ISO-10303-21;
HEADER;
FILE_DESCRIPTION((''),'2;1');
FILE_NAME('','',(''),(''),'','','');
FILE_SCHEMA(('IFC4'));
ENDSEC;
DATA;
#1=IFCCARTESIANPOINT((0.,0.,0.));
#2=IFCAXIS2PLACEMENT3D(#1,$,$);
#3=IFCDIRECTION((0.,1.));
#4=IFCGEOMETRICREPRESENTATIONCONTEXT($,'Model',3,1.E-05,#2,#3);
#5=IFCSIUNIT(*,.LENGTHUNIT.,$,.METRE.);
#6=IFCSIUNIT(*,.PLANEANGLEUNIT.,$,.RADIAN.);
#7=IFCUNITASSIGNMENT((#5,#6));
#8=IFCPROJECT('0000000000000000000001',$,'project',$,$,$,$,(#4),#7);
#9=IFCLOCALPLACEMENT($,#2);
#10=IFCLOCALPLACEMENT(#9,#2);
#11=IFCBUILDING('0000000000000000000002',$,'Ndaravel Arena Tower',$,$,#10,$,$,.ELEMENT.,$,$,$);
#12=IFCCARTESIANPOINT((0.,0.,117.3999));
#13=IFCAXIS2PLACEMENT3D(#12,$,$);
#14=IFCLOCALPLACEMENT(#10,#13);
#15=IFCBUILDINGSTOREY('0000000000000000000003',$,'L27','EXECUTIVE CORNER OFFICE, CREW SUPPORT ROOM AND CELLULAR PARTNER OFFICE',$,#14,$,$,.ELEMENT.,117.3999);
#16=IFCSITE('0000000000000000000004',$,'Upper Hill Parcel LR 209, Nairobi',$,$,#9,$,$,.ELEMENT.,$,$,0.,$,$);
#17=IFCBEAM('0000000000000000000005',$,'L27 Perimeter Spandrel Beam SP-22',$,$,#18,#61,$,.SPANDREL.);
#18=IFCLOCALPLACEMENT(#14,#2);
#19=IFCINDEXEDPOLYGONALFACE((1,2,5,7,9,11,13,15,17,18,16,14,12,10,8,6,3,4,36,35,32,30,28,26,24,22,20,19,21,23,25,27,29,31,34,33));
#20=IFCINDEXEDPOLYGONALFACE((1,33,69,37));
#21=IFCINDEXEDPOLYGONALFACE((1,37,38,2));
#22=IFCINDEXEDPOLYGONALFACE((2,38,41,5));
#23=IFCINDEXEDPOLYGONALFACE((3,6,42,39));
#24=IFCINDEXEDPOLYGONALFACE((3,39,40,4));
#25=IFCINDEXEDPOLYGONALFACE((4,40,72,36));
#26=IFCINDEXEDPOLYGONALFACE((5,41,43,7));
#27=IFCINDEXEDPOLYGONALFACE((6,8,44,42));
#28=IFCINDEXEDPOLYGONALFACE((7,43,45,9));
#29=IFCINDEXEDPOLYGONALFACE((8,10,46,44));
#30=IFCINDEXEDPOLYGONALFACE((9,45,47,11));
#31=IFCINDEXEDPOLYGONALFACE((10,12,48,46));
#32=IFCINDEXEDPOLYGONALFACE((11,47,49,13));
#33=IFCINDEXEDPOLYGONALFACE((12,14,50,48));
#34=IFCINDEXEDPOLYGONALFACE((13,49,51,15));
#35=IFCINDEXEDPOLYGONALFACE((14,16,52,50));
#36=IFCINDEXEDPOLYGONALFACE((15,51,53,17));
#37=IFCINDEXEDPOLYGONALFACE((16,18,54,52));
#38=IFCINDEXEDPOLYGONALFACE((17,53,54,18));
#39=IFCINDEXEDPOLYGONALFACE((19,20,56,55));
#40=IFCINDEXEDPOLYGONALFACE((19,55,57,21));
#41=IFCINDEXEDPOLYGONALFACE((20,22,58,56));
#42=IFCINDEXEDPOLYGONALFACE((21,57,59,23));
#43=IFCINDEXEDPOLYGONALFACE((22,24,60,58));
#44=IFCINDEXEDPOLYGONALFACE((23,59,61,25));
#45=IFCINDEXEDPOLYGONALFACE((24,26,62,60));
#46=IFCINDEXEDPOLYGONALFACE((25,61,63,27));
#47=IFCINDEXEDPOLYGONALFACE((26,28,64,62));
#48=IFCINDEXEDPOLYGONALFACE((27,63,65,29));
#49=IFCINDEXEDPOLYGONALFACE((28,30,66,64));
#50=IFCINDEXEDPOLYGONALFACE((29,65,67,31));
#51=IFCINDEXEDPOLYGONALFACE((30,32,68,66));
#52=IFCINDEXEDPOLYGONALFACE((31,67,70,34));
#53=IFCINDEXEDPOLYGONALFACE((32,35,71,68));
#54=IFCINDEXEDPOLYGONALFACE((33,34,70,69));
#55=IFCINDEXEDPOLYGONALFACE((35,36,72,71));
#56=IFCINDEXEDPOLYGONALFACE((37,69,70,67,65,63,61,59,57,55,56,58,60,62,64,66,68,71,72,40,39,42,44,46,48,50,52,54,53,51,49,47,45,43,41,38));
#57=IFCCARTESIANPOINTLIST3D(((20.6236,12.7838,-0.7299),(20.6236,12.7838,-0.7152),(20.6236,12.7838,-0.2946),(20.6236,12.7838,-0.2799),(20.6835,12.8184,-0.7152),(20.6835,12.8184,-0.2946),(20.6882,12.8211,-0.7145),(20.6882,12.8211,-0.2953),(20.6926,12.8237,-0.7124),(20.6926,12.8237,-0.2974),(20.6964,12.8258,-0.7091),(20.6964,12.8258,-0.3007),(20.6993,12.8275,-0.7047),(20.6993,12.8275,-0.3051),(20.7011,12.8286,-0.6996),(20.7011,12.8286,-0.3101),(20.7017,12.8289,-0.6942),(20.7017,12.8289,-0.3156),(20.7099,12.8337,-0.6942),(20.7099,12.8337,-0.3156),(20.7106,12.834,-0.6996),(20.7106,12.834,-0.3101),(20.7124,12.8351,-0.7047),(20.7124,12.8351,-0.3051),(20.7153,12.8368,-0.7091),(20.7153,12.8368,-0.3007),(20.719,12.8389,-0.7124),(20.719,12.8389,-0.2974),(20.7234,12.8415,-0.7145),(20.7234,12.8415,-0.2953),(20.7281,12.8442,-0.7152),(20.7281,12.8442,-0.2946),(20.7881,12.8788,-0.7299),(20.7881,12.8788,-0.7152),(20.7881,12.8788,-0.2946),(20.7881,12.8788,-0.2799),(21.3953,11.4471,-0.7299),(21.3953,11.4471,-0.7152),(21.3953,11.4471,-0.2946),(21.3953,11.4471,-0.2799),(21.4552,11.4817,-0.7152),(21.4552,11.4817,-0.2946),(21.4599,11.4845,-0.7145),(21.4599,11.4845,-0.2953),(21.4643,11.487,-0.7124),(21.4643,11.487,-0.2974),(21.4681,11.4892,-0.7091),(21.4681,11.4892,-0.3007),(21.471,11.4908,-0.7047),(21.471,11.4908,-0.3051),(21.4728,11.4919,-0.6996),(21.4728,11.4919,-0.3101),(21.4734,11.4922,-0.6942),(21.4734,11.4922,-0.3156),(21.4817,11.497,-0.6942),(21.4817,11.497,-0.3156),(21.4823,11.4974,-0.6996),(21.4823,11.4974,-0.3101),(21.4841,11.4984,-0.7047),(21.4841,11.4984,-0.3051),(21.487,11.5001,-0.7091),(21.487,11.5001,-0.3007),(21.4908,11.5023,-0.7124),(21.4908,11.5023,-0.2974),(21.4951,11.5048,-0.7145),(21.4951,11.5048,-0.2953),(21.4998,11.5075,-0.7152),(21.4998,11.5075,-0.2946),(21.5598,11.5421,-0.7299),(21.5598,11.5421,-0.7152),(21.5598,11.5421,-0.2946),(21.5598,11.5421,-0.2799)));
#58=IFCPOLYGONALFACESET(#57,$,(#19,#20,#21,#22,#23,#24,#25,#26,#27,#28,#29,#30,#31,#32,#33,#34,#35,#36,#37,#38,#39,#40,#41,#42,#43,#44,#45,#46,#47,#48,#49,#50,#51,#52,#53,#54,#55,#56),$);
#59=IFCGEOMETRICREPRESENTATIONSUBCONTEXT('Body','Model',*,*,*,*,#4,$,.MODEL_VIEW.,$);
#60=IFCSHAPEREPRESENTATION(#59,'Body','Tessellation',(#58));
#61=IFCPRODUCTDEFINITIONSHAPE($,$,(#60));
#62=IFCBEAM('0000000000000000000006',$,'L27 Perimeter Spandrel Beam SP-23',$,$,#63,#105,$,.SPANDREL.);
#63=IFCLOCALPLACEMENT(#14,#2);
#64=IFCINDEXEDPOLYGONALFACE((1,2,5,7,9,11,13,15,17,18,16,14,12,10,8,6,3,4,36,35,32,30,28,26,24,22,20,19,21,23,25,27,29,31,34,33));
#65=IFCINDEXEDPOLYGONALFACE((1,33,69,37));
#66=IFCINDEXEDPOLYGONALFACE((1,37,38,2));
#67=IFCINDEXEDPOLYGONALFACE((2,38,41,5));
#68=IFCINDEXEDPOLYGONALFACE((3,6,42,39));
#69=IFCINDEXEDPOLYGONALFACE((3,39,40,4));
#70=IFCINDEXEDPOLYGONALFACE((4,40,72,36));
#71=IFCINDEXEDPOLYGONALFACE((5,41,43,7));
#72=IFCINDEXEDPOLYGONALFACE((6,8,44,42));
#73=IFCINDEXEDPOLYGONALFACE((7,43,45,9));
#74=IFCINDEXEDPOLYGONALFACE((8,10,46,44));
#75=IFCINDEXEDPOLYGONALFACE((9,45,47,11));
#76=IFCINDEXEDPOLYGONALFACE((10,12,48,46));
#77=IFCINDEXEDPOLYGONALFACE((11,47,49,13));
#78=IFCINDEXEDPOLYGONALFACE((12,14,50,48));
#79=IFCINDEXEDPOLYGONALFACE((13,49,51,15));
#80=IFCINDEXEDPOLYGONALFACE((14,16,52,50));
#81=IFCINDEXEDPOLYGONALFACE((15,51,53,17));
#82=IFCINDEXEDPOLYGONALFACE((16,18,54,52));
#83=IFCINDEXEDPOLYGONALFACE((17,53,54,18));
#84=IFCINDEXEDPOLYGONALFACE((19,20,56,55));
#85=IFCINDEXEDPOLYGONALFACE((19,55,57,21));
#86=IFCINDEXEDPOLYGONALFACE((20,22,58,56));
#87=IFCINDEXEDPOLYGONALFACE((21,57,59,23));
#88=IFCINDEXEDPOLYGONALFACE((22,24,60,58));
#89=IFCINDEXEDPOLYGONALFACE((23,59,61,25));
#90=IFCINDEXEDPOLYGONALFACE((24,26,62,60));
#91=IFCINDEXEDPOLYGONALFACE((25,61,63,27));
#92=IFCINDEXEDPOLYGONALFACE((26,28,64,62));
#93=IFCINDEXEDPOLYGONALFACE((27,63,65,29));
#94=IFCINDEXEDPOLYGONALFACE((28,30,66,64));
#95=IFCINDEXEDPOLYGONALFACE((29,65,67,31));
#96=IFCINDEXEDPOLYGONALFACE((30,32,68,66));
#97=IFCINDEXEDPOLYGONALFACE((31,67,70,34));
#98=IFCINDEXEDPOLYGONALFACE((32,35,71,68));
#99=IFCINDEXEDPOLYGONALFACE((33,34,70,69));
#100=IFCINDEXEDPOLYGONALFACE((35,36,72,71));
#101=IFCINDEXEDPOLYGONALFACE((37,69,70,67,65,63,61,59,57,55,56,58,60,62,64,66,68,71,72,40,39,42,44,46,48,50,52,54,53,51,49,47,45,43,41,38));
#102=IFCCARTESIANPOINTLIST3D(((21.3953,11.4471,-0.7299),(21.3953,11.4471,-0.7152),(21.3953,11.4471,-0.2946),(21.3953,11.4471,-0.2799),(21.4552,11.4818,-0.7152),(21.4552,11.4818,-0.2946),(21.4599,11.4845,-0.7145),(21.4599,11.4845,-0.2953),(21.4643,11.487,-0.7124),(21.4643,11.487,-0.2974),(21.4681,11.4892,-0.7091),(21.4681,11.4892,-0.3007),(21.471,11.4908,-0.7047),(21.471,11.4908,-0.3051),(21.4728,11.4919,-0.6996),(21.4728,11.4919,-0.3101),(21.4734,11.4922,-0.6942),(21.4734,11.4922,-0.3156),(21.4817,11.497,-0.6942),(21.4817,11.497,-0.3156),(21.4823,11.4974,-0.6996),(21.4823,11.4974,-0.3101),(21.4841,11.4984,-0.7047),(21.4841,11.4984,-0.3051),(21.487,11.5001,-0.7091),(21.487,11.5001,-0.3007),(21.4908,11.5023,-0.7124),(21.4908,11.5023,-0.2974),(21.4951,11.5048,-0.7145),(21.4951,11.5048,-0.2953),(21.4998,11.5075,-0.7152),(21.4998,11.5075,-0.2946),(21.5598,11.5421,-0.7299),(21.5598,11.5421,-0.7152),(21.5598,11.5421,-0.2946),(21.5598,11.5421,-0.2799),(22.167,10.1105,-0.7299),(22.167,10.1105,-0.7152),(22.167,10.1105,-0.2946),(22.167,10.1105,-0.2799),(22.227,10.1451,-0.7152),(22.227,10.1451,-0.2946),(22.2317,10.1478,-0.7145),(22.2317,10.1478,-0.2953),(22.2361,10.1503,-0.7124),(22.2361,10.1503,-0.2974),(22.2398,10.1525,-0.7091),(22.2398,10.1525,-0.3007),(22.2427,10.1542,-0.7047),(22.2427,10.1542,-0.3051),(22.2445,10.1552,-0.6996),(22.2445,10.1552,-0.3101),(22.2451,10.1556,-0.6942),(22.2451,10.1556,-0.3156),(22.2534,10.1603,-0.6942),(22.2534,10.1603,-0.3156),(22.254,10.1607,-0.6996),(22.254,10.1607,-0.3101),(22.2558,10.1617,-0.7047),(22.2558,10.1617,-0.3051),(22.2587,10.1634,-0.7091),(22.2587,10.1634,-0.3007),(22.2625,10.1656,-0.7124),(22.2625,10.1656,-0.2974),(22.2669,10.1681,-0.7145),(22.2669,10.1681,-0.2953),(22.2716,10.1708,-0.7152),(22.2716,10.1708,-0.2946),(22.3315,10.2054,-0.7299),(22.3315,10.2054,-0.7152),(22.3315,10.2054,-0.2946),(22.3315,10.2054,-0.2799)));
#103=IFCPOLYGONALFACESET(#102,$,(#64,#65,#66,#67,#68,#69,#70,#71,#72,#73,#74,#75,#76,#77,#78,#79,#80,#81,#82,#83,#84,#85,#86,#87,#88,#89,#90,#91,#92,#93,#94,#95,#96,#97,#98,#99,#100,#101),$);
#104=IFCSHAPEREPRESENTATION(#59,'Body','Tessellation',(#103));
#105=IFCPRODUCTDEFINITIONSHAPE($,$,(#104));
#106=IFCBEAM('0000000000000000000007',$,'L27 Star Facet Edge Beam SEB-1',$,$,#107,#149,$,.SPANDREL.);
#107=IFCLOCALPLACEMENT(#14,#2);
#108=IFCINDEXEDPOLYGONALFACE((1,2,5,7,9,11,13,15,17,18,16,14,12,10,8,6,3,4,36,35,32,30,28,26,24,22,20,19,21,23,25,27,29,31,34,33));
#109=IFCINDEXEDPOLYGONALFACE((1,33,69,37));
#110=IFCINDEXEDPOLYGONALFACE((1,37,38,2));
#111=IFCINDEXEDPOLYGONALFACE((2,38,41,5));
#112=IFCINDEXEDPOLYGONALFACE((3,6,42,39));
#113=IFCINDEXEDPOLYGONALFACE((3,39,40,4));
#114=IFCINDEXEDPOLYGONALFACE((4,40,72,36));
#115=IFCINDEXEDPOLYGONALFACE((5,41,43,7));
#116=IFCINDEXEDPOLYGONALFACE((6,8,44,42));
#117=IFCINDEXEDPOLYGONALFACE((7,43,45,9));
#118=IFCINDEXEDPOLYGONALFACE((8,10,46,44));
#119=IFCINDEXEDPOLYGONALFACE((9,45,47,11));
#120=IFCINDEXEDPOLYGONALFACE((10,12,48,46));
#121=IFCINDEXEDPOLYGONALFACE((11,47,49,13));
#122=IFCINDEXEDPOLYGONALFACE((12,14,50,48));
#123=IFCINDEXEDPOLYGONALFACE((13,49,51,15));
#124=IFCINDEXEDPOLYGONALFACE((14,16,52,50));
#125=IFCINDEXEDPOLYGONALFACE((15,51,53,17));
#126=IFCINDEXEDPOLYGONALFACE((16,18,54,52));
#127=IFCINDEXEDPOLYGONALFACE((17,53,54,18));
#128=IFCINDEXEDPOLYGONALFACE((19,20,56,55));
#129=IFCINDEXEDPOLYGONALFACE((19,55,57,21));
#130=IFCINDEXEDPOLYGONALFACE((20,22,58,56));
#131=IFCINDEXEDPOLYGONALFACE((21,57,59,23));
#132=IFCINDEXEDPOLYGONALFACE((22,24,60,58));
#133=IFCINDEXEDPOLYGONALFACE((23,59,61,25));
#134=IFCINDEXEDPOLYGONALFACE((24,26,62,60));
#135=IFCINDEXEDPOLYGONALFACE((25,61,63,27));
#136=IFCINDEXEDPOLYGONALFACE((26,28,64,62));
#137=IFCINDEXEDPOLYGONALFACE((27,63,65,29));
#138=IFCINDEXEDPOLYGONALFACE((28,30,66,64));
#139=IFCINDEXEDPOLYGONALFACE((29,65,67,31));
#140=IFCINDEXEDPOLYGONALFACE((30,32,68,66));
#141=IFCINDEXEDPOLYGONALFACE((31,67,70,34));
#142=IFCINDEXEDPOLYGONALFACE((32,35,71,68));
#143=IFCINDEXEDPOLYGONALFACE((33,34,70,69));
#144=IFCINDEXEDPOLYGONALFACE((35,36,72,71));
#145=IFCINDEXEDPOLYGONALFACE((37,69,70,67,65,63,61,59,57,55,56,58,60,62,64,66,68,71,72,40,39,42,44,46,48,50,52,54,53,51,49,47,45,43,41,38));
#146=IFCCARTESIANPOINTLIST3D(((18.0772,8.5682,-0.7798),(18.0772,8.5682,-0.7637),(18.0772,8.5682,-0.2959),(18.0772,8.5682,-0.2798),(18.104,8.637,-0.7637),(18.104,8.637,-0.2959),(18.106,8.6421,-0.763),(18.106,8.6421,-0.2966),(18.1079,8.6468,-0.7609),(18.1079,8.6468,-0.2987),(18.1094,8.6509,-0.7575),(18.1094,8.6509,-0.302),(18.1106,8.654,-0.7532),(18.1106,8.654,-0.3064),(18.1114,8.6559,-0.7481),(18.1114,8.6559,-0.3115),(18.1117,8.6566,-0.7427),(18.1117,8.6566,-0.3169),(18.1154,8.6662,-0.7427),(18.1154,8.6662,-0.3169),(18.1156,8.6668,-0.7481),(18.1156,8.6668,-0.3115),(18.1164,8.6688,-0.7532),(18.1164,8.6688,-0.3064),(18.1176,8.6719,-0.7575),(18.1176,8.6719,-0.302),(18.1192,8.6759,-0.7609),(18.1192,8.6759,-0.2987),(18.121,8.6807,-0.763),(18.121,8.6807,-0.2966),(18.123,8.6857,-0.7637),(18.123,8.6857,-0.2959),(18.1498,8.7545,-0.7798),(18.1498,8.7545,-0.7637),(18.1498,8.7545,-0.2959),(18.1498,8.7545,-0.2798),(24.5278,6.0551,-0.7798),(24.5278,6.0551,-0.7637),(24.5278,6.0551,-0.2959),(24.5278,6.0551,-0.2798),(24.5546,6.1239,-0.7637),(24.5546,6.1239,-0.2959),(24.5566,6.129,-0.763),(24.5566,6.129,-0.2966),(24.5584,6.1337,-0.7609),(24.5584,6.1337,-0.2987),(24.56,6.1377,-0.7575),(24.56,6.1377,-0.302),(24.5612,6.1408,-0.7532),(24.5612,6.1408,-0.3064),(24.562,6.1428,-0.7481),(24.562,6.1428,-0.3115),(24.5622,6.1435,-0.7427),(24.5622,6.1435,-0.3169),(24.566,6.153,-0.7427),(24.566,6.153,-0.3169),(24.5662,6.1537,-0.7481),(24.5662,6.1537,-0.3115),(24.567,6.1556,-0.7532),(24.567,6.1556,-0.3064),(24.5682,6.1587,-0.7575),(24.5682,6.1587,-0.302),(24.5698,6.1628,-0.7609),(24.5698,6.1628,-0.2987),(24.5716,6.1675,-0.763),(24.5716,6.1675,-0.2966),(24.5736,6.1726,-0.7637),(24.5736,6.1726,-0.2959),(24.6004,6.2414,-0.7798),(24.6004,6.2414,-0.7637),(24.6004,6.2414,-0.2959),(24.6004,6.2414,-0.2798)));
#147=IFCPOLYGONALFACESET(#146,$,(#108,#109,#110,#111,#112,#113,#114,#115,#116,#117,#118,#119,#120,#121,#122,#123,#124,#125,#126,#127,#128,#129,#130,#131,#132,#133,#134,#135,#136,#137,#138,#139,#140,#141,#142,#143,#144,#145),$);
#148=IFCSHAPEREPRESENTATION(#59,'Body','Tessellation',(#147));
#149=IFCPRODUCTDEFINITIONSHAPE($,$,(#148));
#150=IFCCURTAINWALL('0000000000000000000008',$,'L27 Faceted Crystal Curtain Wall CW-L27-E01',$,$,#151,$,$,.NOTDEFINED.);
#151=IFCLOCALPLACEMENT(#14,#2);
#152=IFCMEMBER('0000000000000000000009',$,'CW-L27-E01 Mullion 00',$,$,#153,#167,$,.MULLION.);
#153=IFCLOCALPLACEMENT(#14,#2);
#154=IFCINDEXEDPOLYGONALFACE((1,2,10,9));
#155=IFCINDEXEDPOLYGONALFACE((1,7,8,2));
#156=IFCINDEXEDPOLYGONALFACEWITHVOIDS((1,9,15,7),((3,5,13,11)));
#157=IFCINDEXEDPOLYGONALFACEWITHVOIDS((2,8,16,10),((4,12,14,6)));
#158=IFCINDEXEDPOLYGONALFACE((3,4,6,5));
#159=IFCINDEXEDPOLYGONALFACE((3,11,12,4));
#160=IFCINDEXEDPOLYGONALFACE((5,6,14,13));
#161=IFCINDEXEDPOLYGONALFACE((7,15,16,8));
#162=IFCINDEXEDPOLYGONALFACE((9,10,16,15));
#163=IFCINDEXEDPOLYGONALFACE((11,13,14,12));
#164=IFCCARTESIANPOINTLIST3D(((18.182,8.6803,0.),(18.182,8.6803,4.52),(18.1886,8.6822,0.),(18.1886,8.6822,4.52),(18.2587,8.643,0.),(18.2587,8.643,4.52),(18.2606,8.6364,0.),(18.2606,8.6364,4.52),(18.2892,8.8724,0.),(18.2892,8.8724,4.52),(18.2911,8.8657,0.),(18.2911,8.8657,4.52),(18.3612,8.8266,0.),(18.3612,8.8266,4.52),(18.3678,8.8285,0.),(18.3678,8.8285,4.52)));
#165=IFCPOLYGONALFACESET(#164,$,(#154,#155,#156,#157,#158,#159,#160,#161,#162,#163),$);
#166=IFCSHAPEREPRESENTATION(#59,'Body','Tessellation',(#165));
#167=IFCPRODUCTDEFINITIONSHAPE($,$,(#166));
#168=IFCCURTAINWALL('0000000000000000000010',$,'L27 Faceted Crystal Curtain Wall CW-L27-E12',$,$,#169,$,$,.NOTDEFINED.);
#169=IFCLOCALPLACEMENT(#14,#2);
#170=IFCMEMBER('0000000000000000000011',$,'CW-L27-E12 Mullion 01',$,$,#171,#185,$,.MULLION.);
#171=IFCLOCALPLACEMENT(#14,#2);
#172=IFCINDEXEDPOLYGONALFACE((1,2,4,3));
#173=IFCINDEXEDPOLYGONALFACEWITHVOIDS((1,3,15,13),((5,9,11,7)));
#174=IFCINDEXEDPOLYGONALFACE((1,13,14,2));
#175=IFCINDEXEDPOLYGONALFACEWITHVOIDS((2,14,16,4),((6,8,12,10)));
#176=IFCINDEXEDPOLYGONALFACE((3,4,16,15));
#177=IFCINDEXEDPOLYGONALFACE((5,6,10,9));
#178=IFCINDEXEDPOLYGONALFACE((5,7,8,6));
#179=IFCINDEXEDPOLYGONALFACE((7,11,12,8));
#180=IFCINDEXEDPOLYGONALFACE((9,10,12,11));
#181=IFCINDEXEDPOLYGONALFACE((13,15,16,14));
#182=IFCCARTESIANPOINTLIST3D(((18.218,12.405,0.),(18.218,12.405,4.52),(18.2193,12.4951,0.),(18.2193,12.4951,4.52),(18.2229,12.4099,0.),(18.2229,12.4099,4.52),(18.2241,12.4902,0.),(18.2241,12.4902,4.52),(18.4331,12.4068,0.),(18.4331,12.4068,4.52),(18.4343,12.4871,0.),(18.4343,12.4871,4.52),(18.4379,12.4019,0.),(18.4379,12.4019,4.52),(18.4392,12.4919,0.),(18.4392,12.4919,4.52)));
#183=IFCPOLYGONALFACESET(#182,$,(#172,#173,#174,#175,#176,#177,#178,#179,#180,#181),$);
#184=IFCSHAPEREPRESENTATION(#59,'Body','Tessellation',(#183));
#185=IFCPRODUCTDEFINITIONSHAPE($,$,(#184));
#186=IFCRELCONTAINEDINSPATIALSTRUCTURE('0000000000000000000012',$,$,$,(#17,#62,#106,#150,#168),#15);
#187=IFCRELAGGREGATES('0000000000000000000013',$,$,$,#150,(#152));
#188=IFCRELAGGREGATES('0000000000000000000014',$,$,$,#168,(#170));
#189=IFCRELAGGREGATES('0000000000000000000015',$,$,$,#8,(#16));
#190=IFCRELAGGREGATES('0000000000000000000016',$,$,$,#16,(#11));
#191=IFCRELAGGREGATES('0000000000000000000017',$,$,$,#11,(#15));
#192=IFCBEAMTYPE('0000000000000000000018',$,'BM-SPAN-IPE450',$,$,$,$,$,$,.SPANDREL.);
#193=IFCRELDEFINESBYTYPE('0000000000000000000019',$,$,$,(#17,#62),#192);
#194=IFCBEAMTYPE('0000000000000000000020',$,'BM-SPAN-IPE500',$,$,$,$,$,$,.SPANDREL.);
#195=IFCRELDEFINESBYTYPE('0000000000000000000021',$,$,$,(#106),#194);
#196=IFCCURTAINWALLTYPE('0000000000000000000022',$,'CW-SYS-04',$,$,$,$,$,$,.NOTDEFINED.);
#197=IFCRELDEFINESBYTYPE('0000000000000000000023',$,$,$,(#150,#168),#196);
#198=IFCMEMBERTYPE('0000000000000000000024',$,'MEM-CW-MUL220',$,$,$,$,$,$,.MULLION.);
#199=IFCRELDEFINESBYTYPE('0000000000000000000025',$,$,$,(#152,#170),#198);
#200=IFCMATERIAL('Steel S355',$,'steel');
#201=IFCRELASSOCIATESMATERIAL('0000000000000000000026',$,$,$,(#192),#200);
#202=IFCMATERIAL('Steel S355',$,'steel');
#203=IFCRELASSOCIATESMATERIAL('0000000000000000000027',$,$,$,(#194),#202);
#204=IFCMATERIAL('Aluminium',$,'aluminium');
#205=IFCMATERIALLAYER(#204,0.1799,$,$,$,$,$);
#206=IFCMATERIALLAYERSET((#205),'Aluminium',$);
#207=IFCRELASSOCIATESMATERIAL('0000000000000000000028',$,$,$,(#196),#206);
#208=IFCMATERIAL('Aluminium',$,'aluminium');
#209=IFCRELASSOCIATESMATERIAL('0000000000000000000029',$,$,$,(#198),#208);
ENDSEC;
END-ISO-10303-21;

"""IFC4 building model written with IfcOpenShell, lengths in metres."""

from ifc_helpers import new_model, si_unit, direction, frame, origin, origin_2d, place, context, subcontext, project, spatial, hollow_rectangle, i_section, extrude, material, layer, layer_set, material_profile, profile_set, type_object, element, aggregate, save


model = new_model("IFC4")

# Units and contexts
model_context = context("Model", 3, precision=1e-05, world=origin(), true_north=direction((0.0, 1.0)))
body_context = subcontext(model_context, "Body", "Model", "MODEL_VIEW")
ifc_project = project(units=[si_unit("LENGTHUNIT", "METRE"), si_unit("PLANEANGLEUNIT", "RADIAN")], contexts=[model_context])

# Site, building, storey
site_placement = place(None, origin())
site = spatial("IfcSite", under=ifc_project, at=site_placement, Name="Upper Hill Parcel LR 209, Nairobi", CompositionType="ELEMENT", RefElevation=0.0)
building_placement = place(site_placement, origin())
building = spatial("IfcBuilding", under=site, at=building_placement, Name="Ndaravel Arena Tower", CompositionType="ELEMENT")
storey_placement = place(building_placement, frame((0.0, 0.0, 117.3999)))
storey = spatial("IfcBuildingStorey", under=building, at=storey_placement, Name="L27", Description="EXECUTIVE CORNER OFFICE, CREW SUPPORT ROOM AND CELLULAR PARTNER OFFICE", CompositionType="ELEMENT", Elevation=117.3999)

# Beams
ifc_material_1 = material(Name="Steel S355", Category="steel")
ifc_material_profile_1 = material_profile(ifc_material_1, i_section(OverallWidth=0.1899, OverallDepth=0.45, WebThickness=0.0095, FlangeThickness=0.0146, FilletRadius=0.021, at=origin_2d()), Name="IPE 450")
ifc_profile_set_1 = profile_set([ifc_material_profile_1], Name="Steel S355")
beam_type_1 = type_object("IfcBeamType", Name="BM-SPAN-IPE450", PredefinedType="SPANDREL", material=ifc_profile_set_1)
for number, where, z_axis, x_axis, name in (
    (1, (20.7058, 12.8313, -0.5049), (0.500001, -0.866025, 0.0), (0.866025, 0.500001, 0.0), "L27 Perimeter Spandrel Beam SP-22"),
    (2, (21.4775, 11.4946, -0.5049), (0.500001, -0.866025, 0.0), (0.866025, 0.500001, 0.0), "L27 Perimeter Spandrel Beam SP-23"),
):
    element("IfcBeam", number, at=place(storey_placement, frame(where, z_axis=z_axis, x_axis=x_axis)), inside=storey, type_object=beam_type_1, Name=name, PredefinedType="SPANDREL", context=body_context, shape_type="SweptSolid", body=[
        extrude(i_section(OverallWidth=0.1899, OverallDepth=0.45, WebThickness=0.0095, FlangeThickness=0.0146, FilletRadius=0.021, at=origin_2d()), origin(), (0.0, 0.0, 1.0), 1.5435),
    ])
ifc_material_2 = material(Name="Steel S355", Category="steel")
ifc_material_profile_2 = material_profile(ifc_material_2, i_section(OverallWidth=0.2, OverallDepth=0.5, WebThickness=0.0103, FlangeThickness=0.0161, FilletRadius=0.021, at=origin_2d()), Name="IPE 500")
ifc_profile_set_2 = profile_set([ifc_material_profile_2], Name="Steel S355")
beam_type_2 = type_object("IfcBeamType", Name="BM-SPAN-IPE500", PredefinedType="SPANDREL", material=ifc_profile_set_2)
beam_1_placement = place(storey_placement, frame((18.1135, 8.6614, -0.5298), z_axis=(0.931781, -0.363021, 0.0), x_axis=(0.363021, 0.931781, 0.0)))
element("IfcBeam", 3, at=beam_1_placement, inside=storey, type_object=beam_type_2, Name="L27 Star Facet Edge Beam SEB-1", PredefinedType="SPANDREL", context=body_context, shape_type="SweptSolid", body=[
    extrude(i_section(OverallWidth=0.2, OverallDepth=0.5, WebThickness=0.0103, FlangeThickness=0.0161, FilletRadius=0.021, at=origin_2d()), origin(), (0.0, 0.0, 1.0), 6.9229),
])

# Curtain walls, members
ifc_material_3 = material(Name="Aluminium", Category="aluminium")
ifc_layer_1 = layer(ifc_material_3, 0.1799)
ifc_layer_set_1 = layer_set([ifc_layer_1], Name="Aluminium")
curtain_wall_type = type_object("IfcCurtainWallType", Name="CW-SYS-04", PredefinedType="NOTDEFINED", material=ifc_layer_set_1)
curtain_wall_1_placement = place(storey_placement, origin())
curtain_wall_1 = element("IfcCurtainWall", 4, at=curtain_wall_1_placement, inside=storey, type_object=curtain_wall_type, Name="L27 Faceted Crystal Curtain Wall CW-L27-E01", PredefinedType="NOTDEFINED")
ifc_material_4 = material(Name="Aluminium", Category="aluminium")
ifc_material_profile_3 = material_profile(ifc_material_4, hollow_rectangle(XDim=0.0901, YDim=0.22, WallThickness=0.0049, at=origin_2d()), Name="CW MULLION 90x220x5")
ifc_profile_set_3 = profile_set([ifc_material_profile_3], Name="Aluminium")
member_type_1 = type_object("IfcMemberType", Name="MEM-CW-MUL220", PredefinedType="MULLION", material=ifc_profile_set_3)
member_1_placement = place(storey_placement, frame((18.2749, 8.7544, 0.0), z_axis=(0.0, 0.0, 1.0), x_axis=(0.873177, -0.487403, 0.0)))
member_1 = element("IfcMember", 5, at=member_1_placement, type_object=member_type_1, Name="CW-L27-E01 Mullion 00", PredefinedType="MULLION", context=body_context, shape_type="SweptSolid", body=[
    extrude(hollow_rectangle(XDim=0.0901, YDim=0.22, WallThickness=0.0049, at=origin_2d()), origin(), (0.0, 0.0, 1.0), 4.52),
])
curtain_wall_2_placement = place(storey_placement, origin())
curtain_wall_2 = element("IfcCurtainWall", 6, at=curtain_wall_2_placement, inside=storey, type_object=curtain_wall_type, Name="L27 Faceted Crystal Curtain Wall CW-L27-E12", PredefinedType="NOTDEFINED")
member_2_placement = place(storey_placement, frame((18.3286, 12.4485, 0.0), z_axis=(0.0, 0.0, 1.0), x_axis=(-0.014503, -0.999895, 0.0)))
member_2 = element("IfcMember", 7, at=member_2_placement, type_object=member_type_1, Name="CW-L27-E12 Mullion 01", PredefinedType="MULLION", context=body_context, shape_type="SweptSolid", body=[
    extrude(hollow_rectangle(XDim=0.0901, YDim=0.22, WallThickness=0.0049, at=origin_2d()), origin(), (0.0, 0.0, 1.0), 4.52),
])

aggregate(curtain_wall_1, [member_1])
aggregate(curtain_wall_2, [member_2])

save(model, "model.ifc")
